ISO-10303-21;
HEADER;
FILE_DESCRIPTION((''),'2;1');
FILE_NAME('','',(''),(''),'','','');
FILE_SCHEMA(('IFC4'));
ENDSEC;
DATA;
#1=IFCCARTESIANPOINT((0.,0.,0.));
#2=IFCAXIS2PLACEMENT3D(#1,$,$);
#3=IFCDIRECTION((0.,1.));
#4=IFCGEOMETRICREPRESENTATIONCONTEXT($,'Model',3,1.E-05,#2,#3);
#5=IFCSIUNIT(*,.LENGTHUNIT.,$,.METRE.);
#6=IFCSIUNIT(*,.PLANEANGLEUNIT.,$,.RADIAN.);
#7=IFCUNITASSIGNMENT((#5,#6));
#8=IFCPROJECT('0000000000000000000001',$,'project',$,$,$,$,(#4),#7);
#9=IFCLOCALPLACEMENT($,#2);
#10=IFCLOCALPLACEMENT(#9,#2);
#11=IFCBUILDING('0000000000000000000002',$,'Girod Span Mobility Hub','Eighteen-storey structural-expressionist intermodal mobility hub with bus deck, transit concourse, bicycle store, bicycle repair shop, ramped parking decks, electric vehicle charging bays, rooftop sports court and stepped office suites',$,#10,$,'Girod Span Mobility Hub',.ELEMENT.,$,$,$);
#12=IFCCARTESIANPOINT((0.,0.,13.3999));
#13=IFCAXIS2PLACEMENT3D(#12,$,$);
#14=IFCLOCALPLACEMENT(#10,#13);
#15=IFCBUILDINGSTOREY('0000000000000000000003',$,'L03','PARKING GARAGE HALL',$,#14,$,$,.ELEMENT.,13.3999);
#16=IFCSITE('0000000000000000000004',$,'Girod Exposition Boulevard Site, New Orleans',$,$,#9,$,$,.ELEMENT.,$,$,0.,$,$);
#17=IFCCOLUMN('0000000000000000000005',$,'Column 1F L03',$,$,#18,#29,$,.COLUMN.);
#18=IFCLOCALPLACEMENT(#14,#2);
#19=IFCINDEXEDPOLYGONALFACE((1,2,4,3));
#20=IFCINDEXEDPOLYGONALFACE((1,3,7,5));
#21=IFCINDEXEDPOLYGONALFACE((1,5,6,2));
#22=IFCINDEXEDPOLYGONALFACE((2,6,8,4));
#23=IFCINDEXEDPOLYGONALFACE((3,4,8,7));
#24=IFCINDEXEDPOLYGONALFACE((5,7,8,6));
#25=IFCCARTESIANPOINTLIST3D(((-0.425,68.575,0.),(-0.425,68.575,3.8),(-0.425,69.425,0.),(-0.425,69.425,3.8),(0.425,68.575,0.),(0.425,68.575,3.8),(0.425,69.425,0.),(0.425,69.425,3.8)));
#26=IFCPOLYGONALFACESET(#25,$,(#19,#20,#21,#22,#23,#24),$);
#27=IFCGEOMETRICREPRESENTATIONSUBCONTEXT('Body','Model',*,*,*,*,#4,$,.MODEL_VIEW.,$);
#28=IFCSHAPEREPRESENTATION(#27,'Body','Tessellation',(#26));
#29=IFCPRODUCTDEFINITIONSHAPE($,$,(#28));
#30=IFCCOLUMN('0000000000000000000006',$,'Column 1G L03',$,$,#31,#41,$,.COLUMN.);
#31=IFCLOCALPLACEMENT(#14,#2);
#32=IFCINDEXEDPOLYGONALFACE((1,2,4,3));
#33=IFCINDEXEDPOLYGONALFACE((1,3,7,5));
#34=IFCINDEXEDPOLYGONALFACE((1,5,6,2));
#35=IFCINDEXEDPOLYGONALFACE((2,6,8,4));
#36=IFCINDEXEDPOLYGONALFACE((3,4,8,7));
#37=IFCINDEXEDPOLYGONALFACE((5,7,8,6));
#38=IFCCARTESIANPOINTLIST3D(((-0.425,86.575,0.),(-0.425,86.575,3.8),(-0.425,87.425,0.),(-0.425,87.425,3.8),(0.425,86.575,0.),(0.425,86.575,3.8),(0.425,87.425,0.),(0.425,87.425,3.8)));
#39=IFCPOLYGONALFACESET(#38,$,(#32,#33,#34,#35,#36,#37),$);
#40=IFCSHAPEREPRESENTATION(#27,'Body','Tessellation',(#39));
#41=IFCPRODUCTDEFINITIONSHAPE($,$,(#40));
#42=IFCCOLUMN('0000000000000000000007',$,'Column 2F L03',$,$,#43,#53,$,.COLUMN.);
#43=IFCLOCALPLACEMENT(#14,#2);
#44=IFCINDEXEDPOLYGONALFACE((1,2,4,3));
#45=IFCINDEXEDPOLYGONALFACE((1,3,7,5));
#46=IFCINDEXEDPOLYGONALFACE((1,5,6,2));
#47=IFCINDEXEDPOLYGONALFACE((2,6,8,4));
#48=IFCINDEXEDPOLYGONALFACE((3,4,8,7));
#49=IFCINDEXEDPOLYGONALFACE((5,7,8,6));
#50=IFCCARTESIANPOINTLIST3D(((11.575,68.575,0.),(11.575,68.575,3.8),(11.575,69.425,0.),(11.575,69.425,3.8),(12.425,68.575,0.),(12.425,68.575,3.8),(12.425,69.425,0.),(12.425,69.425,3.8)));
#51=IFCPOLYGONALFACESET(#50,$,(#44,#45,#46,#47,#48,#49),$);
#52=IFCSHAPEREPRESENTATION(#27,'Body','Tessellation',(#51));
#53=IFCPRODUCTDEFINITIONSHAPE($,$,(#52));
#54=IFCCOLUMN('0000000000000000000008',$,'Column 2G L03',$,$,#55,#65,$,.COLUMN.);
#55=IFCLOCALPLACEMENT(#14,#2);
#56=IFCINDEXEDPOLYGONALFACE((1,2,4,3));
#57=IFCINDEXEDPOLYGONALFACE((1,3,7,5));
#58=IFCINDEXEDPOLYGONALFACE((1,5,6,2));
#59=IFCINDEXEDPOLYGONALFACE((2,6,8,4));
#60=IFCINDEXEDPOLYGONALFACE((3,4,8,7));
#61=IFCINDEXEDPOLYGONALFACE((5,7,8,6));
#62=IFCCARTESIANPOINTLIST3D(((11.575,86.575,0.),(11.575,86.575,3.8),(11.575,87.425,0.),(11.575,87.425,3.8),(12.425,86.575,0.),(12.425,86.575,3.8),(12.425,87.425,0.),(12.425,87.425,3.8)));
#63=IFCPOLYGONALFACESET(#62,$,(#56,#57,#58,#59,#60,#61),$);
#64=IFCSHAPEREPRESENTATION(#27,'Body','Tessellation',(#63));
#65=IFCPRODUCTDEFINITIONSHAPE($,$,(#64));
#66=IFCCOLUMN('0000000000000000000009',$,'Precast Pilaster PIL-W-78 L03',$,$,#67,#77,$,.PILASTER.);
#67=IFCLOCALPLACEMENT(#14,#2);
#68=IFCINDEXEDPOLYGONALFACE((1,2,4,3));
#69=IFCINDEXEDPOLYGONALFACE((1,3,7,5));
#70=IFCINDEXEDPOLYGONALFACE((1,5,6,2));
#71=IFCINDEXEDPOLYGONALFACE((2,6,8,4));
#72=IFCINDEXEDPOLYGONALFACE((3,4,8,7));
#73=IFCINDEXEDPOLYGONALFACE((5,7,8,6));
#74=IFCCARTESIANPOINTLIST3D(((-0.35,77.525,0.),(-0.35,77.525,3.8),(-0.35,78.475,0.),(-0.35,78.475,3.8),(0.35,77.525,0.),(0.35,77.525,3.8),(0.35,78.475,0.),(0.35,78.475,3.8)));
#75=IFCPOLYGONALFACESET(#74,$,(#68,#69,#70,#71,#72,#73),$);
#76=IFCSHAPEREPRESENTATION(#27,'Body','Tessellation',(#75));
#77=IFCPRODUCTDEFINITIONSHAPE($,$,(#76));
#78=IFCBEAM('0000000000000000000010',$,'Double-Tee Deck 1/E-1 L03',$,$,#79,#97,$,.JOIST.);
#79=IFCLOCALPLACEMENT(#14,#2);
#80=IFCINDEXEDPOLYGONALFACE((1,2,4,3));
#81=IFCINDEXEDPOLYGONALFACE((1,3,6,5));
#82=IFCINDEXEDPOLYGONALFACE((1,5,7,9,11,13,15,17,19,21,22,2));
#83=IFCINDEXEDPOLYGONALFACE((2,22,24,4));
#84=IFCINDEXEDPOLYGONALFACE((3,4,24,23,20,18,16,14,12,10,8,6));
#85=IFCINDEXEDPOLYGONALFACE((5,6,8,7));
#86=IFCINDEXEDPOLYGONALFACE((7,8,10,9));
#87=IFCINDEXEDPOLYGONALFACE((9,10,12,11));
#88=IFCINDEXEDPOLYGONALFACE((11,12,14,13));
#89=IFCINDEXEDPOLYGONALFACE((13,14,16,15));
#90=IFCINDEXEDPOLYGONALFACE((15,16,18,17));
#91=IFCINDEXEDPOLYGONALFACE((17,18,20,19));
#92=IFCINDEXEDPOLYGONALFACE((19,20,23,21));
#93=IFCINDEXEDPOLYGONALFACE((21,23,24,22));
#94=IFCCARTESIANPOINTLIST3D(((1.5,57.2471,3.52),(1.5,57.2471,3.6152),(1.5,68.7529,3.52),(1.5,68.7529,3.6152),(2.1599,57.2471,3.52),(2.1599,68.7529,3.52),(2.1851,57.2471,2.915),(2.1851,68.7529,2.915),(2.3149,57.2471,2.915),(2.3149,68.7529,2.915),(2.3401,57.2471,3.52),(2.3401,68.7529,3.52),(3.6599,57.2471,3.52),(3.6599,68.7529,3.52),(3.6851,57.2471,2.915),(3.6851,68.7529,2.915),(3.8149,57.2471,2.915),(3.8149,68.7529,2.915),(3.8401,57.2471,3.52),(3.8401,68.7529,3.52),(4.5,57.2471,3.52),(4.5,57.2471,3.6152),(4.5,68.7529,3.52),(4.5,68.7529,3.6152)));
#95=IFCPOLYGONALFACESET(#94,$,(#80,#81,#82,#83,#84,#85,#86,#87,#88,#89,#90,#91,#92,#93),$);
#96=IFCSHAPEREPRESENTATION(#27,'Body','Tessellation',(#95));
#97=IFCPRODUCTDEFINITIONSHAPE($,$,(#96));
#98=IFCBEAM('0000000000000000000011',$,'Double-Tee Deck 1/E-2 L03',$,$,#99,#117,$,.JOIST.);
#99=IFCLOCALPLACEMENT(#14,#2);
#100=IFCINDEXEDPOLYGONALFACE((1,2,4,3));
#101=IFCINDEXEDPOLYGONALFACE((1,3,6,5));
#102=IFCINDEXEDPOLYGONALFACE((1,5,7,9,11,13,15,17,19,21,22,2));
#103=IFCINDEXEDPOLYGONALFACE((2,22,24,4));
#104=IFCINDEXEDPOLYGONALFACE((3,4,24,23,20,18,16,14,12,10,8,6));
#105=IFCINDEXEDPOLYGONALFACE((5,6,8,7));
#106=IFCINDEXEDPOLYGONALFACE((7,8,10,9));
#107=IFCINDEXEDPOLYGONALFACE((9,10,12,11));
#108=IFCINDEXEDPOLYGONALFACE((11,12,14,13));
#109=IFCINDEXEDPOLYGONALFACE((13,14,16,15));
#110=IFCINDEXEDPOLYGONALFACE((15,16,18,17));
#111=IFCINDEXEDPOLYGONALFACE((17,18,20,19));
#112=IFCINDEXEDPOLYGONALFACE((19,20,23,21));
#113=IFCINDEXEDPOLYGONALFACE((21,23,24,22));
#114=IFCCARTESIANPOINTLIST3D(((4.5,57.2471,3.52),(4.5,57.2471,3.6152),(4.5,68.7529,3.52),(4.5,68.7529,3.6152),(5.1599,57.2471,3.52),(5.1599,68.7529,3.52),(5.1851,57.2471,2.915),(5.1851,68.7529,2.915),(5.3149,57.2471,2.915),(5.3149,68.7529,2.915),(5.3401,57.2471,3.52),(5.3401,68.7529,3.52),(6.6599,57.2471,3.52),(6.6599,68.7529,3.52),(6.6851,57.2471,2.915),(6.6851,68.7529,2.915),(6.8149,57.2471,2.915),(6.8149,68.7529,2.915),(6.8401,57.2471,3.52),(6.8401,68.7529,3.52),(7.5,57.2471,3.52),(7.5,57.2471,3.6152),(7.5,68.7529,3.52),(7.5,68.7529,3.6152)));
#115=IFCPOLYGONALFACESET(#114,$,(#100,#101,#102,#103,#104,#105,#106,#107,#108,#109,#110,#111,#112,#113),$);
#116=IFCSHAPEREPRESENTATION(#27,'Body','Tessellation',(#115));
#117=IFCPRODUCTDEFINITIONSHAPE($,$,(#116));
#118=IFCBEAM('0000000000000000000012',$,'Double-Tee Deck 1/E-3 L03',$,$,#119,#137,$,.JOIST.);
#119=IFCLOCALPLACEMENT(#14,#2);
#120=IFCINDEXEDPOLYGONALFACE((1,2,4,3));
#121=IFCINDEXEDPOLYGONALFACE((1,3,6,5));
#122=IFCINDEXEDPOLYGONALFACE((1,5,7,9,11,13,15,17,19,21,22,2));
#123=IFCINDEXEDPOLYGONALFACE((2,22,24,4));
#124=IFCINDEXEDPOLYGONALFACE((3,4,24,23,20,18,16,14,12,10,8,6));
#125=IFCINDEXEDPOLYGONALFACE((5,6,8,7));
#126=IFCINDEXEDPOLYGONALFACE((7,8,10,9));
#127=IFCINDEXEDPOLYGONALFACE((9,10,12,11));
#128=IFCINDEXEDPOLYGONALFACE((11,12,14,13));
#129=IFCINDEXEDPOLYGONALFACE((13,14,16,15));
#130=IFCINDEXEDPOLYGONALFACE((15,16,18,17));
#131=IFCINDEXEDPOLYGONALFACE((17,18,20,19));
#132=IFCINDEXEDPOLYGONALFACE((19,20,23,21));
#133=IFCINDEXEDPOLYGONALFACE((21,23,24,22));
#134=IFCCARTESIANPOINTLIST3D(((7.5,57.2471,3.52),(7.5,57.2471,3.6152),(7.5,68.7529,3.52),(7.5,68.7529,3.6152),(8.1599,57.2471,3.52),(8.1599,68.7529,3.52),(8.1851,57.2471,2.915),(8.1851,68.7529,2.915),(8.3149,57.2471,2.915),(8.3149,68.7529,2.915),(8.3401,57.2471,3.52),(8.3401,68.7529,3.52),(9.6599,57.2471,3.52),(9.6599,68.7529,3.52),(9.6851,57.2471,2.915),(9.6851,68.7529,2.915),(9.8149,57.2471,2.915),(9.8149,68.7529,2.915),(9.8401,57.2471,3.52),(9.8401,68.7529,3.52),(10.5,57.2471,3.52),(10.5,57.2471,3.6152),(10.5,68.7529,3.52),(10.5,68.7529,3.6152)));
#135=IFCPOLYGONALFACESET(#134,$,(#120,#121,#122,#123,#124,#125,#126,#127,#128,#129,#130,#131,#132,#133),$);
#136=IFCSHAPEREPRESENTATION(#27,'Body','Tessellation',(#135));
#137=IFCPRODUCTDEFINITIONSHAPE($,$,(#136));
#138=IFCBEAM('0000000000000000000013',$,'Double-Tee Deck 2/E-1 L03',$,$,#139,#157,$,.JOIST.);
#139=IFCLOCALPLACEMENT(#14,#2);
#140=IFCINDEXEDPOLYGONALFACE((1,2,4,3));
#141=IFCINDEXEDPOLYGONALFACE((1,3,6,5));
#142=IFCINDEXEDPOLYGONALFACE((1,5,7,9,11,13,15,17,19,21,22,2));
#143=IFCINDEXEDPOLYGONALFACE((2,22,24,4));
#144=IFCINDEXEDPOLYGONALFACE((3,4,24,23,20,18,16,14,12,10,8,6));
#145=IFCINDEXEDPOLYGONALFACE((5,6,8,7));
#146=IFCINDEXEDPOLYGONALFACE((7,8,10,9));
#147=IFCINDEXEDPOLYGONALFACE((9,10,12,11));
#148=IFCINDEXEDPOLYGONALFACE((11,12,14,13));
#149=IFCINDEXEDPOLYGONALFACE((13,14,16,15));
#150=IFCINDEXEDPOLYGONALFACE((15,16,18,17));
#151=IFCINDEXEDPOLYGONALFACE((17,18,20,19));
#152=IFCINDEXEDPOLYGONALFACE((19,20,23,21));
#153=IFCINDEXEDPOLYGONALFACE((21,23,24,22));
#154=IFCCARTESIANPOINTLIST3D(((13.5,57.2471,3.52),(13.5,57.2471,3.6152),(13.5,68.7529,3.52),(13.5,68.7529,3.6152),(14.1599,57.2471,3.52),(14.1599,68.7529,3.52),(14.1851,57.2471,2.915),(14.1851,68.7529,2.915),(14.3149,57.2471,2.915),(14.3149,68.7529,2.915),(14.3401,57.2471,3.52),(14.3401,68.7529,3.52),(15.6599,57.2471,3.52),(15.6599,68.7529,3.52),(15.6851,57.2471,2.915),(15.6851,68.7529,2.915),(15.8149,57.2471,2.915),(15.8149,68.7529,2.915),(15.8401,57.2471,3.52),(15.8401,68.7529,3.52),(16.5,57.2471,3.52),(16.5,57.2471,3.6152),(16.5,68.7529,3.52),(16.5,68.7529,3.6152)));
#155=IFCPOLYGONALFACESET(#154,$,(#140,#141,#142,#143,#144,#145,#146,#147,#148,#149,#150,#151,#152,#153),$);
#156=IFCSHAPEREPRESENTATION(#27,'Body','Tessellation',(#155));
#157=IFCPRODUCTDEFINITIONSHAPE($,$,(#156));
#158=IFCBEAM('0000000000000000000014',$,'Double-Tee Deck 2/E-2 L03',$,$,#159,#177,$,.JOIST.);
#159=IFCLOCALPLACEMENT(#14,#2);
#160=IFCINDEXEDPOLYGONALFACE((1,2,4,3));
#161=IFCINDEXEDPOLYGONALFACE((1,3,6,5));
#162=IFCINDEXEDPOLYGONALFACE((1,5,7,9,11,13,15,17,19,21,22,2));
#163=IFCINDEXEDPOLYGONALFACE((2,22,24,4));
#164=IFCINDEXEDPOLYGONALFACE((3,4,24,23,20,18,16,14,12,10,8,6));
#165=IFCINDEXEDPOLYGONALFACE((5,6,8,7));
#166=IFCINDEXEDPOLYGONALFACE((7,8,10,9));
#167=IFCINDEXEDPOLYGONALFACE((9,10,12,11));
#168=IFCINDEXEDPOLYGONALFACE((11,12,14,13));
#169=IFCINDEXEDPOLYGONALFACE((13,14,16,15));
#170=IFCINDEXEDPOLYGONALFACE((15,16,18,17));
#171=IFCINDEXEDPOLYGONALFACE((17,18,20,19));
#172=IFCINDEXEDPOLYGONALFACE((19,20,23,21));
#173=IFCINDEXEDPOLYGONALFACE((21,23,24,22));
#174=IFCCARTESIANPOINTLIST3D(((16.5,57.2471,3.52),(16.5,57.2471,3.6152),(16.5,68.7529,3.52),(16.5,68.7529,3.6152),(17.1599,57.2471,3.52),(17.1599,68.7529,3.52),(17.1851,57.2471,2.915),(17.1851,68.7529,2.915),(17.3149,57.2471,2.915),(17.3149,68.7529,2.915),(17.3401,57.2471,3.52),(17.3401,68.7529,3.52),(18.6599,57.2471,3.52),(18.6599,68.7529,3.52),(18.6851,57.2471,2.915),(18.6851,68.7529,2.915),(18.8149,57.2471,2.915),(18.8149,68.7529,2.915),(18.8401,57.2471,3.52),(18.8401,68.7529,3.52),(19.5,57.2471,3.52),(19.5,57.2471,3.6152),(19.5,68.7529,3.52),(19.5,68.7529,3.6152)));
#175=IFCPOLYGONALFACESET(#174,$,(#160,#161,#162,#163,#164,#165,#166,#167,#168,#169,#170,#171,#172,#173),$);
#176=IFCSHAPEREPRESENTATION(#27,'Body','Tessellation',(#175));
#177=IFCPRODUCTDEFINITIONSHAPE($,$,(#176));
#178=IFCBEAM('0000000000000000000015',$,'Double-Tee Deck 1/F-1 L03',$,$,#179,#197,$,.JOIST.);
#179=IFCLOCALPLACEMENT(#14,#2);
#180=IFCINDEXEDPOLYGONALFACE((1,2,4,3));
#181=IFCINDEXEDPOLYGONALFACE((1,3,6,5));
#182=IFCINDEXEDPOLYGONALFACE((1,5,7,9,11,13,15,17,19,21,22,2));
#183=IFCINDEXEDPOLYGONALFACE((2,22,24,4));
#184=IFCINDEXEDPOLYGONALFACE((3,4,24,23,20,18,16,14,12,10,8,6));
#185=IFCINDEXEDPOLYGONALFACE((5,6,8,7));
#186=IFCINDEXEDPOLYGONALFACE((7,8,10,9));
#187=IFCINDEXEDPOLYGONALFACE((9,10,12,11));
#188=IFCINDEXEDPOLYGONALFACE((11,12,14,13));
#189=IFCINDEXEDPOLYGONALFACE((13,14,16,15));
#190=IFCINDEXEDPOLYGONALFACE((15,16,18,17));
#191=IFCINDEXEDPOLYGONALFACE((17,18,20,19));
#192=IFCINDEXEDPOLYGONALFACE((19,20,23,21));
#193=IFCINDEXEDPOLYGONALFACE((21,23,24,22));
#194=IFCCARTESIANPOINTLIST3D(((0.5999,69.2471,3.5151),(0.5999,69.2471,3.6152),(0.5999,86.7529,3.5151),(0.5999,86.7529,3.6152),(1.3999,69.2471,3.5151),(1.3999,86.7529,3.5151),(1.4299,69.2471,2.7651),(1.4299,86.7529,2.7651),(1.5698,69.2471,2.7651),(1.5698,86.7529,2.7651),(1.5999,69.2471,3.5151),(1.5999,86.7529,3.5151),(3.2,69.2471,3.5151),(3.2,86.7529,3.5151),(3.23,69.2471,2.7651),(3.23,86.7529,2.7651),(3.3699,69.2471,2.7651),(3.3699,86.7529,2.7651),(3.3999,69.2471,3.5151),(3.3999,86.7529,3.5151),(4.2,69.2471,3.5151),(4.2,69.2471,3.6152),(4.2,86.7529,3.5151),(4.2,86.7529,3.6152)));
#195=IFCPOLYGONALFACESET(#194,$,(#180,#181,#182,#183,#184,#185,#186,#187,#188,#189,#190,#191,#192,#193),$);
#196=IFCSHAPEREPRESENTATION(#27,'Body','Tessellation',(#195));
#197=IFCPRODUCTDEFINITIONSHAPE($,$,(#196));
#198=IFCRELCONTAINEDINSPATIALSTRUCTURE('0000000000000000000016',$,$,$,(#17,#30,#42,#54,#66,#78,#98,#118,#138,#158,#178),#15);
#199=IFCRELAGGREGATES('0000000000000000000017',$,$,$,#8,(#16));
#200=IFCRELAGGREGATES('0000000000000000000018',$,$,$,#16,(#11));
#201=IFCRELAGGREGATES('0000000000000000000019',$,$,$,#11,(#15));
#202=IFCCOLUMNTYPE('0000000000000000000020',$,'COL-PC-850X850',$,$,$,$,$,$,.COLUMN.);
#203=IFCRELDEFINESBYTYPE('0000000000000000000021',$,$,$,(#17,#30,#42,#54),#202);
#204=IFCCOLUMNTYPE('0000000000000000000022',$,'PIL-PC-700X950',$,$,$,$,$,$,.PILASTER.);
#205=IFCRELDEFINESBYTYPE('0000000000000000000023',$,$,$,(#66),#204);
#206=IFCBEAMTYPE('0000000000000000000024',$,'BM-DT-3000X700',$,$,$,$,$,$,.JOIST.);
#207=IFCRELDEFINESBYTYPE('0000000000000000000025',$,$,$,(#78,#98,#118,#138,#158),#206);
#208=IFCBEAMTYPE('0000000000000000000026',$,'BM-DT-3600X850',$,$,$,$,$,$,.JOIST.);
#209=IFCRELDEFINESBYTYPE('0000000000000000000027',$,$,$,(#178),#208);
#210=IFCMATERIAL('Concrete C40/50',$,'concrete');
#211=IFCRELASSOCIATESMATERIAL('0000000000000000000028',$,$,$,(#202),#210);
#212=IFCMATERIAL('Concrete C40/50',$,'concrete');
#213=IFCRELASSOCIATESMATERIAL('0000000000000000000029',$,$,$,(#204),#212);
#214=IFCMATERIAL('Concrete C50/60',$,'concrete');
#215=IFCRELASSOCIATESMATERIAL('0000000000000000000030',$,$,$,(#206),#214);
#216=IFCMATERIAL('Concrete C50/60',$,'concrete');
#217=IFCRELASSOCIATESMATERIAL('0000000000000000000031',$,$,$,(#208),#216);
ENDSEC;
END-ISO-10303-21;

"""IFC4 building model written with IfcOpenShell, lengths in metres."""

from ifc_helpers import new_model, si_unit, direction, frame, origin, origin_2d, place, context, subcontext, project, spatial, polyline, rectangle, outline, extrude, material, material_profile, profile_set, type_object, element, save


model = new_model("IFC4")

# Units and contexts
model_context = context("Model", 3, precision=1e-05, world=origin(), true_north=direction((0.0, 1.0)))
body_context = subcontext(model_context, "Body", "Model", "MODEL_VIEW")
ifc_project = project(units=[si_unit("LENGTHUNIT", "METRE"), si_unit("PLANEANGLEUNIT", "RADIAN")], contexts=[model_context])

# Site, building, storey
site_placement = place(None, origin())
site = spatial("IfcSite", under=ifc_project, at=site_placement, Name="Girod Exposition Boulevard Site, New Orleans", CompositionType="ELEMENT", RefElevation=0.0)
building_placement = place(site_placement, origin())
building = spatial("IfcBuilding", under=site, at=building_placement, Name="Girod Span Mobility Hub", Description="Eighteen-storey structural-expressionist intermodal mobility hub with bus deck, transit concourse, bicycle store, bicycle repair shop, ramped parking decks, electric vehicle charging bays, rooftop sports court and stepped office suites", LongName="Girod Span Mobility Hub", CompositionType="ELEMENT")
storey_placement = place(building_placement, frame((0.0, 0.0, 13.3999)))
storey = spatial("IfcBuildingStorey", under=building, at=storey_placement, Name="L03", Description="PARKING GARAGE HALL", CompositionType="ELEMENT", Elevation=13.3999)

# Columns
ifc_material_1 = material(Name="Concrete C40/50", Category="concrete")
ifc_material_profile_1 = material_profile(ifc_material_1, rectangle(XDim=0.8501, YDim=0.8501, at=origin_2d()), Name="PC-COL-850X850")
ifc_profile_set_1 = profile_set([ifc_material_profile_1], Name="Concrete C40/50")
column_type_1 = type_object("IfcColumnType", Name="COL-PC-850X850", PredefinedType="COLUMN", material=ifc_profile_set_1)
for number, where, z_axis, x_axis, name in (
    (1, (0.0, 69.0, 0.0), (0.0, 0.0, 1.0), (1.0, 0.0, 0.0), "Column 1F L03"),
    (2, (0.0, 87.0, 0.0), (0.0, 0.0, 1.0), (1.0, 0.0, 0.0), "Column 1G L03"),
    (3, (12.0, 69.0, 0.0), (0.0, 0.0, 1.0), (1.0, 0.0, 0.0), "Column 2F L03"),
    (4, (12.0, 87.0, 0.0), (0.0, 0.0, 1.0), (1.0, 0.0, 0.0), "Column 2G L03"),
):
    element("IfcColumn", number, at=place(storey_placement, frame(where, z_axis=z_axis, x_axis=x_axis)), inside=storey, type_object=column_type_1, Name=name, PredefinedType="COLUMN", context=body_context, shape_type="SweptSolid", body=[
        extrude(rectangle(XDim=0.8501, YDim=0.8501, at=origin_2d()), origin(), (0.0, 0.0, 1.0), 3.8),
    ])
ifc_material_2 = material(Name="Concrete C40/50", Category="concrete")
ifc_material_profile_2 = material_profile(ifc_material_2, rectangle(XDim=0.7, YDim=0.95, at=origin_2d()), Name="PC-PIL-700X950")
ifc_profile_set_2 = profile_set([ifc_material_profile_2], Name="Concrete C40/50")
column_type_2 = type_object("IfcColumnType", Name="PIL-PC-700X950", PredefinedType="PILASTER", material=ifc_profile_set_2)
column_placement = place(storey_placement, frame((0.0, 78.0, 0.0), z_axis=(0.0, 0.0, 1.0), x_axis=(1.0, 0.0, 0.0)))
element("IfcColumn", 5, at=column_placement, inside=storey, type_object=column_type_2, Name="Precast Pilaster PIL-W-78 L03", PredefinedType="PILASTER", context=body_context, shape_type="SweptSolid", body=[
    extrude(rectangle(XDim=0.7, YDim=0.95, at=origin_2d()), origin(), (0.0, 0.0, 1.0), 3.8),
])

# Beams
ifc_material_3 = material(Name="Concrete C50/60", Category="concrete")
ifc_material_profile_3 = material_profile(ifc_material_3, outline(polyline([(-1.5, 0.3501), (-1.5, 0.2549), (-0.8401, 0.2549), (-0.8149, -0.3501), (-0.6851, -0.3501), (-0.6599, 0.2549), (0.6599, 0.2549), (0.6851, -0.3501), (0.8149, -0.3501), (0.8401, 0.2549), (1.5, 0.2549), (1.5, 0.3501), (-1.5, 0.3501)])), Name="DT-3000X700")
ifc_profile_set_3 = profile_set([ifc_material_profile_3], Name="Concrete C50/60")
beam_type_1 = type_object("IfcBeamType", Name="BM-DT-3000X700", PredefinedType="JOIST", material=ifc_profile_set_3)
for number, where, z_axis, x_axis, name in (
    (6, (3.0, 57.2471, 3.2651), (0.0, 1.0, 0.0), (-1.0, 0.0, 0.0), "Double-Tee Deck 1/E-1 L03"),
    (7, (6.0, 57.2471, 3.2651), (0.0, 1.0, 0.0), (-1.0, 0.0, 0.0), "Double-Tee Deck 1/E-2 L03"),
    (8, (9.0, 57.2471, 3.2651), (0.0, 1.0, 0.0), (-1.0, 0.0, 0.0), "Double-Tee Deck 1/E-3 L03"),
    (9, (15.0, 57.2471, 3.2651), (0.0, 1.0, 0.0), (-1.0, 0.0, 0.0), "Double-Tee Deck 2/E-1 L03"),
    (10, (18.0, 57.2471, 3.2651), (0.0, 1.0, 0.0), (-1.0, 0.0, 0.0), "Double-Tee Deck 2/E-2 L03"),
):
    element("IfcBeam", number, at=place(storey_placement, frame(where, z_axis=z_axis, x_axis=x_axis)), inside=storey, type_object=beam_type_1, Name=name, PredefinedType="JOIST", context=body_context, shape_type="SweptSolid", body=[
        extrude(outline(polyline([(-1.5, 0.3501), (-1.5, 0.2549), (-0.8401, 0.2549), (-0.8149, -0.3501), (-0.6851, -0.3501), (-0.6599, 0.2549), (0.6599, 0.2549), (0.6851, -0.3501), (0.8149, -0.3501), (0.8401, 0.2549), (1.5, 0.2549), (1.5, 0.3501), (-1.5, 0.3501)])), origin(), (0.0, 0.0, 1.0), 11.5059),
    ])
ifc_material_4 = material(Name="Concrete C50/60", Category="concrete")
ifc_material_profile_4 = material_profile(ifc_material_4, outline(polyline([(-1.8, 0.425), (-1.8, 0.325), (-1.0, 0.325), (-0.97, -0.425), (-0.8301, -0.425), (-0.8, 0.325), (0.8, 0.325), (0.8301, -0.425), (0.97, -0.425), (1.0, 0.325), (1.8, 0.325), (1.8, 0.425), (-1.8, 0.425)])), Name="DT-3600X850")
ifc_profile_set_4 = profile_set([ifc_material_profile_4], Name="Concrete C50/60")
beam_type_2 = type_object("IfcBeamType", Name="BM-DT-3600X850", PredefinedType="JOIST", material=ifc_profile_set_4)
for number, where, z_axis, x_axis, name in (
    (11, (2.3999, 69.2471, 3.1902), (0.0, 1.0, 0.0), (-1.0, 0.0, 0.0), "Double-Tee Deck 1/F-1 L03"),
):
    element("IfcBeam", number, at=place(storey_placement, frame(where, z_axis=z_axis, x_axis=x_axis)), inside=storey, type_object=beam_type_2, Name=name, PredefinedType="JOIST", context=body_context, shape_type="SweptSolid", body=[
        extrude(outline(polyline([(-1.8, 0.425), (-1.8, 0.325), (-1.0, 0.325), (-0.97, -0.425), (-0.8301, -0.425), (-0.8, 0.325), (0.8, 0.325), (0.8301, -0.425), (0.97, -0.425), (1.0, 0.325), (1.8, 0.325), (1.8, 0.425), (-1.8, 0.425)])), origin(), (0.0, 0.0, 1.0), 17.5059),
    ])

save(model, "model.ifc")
